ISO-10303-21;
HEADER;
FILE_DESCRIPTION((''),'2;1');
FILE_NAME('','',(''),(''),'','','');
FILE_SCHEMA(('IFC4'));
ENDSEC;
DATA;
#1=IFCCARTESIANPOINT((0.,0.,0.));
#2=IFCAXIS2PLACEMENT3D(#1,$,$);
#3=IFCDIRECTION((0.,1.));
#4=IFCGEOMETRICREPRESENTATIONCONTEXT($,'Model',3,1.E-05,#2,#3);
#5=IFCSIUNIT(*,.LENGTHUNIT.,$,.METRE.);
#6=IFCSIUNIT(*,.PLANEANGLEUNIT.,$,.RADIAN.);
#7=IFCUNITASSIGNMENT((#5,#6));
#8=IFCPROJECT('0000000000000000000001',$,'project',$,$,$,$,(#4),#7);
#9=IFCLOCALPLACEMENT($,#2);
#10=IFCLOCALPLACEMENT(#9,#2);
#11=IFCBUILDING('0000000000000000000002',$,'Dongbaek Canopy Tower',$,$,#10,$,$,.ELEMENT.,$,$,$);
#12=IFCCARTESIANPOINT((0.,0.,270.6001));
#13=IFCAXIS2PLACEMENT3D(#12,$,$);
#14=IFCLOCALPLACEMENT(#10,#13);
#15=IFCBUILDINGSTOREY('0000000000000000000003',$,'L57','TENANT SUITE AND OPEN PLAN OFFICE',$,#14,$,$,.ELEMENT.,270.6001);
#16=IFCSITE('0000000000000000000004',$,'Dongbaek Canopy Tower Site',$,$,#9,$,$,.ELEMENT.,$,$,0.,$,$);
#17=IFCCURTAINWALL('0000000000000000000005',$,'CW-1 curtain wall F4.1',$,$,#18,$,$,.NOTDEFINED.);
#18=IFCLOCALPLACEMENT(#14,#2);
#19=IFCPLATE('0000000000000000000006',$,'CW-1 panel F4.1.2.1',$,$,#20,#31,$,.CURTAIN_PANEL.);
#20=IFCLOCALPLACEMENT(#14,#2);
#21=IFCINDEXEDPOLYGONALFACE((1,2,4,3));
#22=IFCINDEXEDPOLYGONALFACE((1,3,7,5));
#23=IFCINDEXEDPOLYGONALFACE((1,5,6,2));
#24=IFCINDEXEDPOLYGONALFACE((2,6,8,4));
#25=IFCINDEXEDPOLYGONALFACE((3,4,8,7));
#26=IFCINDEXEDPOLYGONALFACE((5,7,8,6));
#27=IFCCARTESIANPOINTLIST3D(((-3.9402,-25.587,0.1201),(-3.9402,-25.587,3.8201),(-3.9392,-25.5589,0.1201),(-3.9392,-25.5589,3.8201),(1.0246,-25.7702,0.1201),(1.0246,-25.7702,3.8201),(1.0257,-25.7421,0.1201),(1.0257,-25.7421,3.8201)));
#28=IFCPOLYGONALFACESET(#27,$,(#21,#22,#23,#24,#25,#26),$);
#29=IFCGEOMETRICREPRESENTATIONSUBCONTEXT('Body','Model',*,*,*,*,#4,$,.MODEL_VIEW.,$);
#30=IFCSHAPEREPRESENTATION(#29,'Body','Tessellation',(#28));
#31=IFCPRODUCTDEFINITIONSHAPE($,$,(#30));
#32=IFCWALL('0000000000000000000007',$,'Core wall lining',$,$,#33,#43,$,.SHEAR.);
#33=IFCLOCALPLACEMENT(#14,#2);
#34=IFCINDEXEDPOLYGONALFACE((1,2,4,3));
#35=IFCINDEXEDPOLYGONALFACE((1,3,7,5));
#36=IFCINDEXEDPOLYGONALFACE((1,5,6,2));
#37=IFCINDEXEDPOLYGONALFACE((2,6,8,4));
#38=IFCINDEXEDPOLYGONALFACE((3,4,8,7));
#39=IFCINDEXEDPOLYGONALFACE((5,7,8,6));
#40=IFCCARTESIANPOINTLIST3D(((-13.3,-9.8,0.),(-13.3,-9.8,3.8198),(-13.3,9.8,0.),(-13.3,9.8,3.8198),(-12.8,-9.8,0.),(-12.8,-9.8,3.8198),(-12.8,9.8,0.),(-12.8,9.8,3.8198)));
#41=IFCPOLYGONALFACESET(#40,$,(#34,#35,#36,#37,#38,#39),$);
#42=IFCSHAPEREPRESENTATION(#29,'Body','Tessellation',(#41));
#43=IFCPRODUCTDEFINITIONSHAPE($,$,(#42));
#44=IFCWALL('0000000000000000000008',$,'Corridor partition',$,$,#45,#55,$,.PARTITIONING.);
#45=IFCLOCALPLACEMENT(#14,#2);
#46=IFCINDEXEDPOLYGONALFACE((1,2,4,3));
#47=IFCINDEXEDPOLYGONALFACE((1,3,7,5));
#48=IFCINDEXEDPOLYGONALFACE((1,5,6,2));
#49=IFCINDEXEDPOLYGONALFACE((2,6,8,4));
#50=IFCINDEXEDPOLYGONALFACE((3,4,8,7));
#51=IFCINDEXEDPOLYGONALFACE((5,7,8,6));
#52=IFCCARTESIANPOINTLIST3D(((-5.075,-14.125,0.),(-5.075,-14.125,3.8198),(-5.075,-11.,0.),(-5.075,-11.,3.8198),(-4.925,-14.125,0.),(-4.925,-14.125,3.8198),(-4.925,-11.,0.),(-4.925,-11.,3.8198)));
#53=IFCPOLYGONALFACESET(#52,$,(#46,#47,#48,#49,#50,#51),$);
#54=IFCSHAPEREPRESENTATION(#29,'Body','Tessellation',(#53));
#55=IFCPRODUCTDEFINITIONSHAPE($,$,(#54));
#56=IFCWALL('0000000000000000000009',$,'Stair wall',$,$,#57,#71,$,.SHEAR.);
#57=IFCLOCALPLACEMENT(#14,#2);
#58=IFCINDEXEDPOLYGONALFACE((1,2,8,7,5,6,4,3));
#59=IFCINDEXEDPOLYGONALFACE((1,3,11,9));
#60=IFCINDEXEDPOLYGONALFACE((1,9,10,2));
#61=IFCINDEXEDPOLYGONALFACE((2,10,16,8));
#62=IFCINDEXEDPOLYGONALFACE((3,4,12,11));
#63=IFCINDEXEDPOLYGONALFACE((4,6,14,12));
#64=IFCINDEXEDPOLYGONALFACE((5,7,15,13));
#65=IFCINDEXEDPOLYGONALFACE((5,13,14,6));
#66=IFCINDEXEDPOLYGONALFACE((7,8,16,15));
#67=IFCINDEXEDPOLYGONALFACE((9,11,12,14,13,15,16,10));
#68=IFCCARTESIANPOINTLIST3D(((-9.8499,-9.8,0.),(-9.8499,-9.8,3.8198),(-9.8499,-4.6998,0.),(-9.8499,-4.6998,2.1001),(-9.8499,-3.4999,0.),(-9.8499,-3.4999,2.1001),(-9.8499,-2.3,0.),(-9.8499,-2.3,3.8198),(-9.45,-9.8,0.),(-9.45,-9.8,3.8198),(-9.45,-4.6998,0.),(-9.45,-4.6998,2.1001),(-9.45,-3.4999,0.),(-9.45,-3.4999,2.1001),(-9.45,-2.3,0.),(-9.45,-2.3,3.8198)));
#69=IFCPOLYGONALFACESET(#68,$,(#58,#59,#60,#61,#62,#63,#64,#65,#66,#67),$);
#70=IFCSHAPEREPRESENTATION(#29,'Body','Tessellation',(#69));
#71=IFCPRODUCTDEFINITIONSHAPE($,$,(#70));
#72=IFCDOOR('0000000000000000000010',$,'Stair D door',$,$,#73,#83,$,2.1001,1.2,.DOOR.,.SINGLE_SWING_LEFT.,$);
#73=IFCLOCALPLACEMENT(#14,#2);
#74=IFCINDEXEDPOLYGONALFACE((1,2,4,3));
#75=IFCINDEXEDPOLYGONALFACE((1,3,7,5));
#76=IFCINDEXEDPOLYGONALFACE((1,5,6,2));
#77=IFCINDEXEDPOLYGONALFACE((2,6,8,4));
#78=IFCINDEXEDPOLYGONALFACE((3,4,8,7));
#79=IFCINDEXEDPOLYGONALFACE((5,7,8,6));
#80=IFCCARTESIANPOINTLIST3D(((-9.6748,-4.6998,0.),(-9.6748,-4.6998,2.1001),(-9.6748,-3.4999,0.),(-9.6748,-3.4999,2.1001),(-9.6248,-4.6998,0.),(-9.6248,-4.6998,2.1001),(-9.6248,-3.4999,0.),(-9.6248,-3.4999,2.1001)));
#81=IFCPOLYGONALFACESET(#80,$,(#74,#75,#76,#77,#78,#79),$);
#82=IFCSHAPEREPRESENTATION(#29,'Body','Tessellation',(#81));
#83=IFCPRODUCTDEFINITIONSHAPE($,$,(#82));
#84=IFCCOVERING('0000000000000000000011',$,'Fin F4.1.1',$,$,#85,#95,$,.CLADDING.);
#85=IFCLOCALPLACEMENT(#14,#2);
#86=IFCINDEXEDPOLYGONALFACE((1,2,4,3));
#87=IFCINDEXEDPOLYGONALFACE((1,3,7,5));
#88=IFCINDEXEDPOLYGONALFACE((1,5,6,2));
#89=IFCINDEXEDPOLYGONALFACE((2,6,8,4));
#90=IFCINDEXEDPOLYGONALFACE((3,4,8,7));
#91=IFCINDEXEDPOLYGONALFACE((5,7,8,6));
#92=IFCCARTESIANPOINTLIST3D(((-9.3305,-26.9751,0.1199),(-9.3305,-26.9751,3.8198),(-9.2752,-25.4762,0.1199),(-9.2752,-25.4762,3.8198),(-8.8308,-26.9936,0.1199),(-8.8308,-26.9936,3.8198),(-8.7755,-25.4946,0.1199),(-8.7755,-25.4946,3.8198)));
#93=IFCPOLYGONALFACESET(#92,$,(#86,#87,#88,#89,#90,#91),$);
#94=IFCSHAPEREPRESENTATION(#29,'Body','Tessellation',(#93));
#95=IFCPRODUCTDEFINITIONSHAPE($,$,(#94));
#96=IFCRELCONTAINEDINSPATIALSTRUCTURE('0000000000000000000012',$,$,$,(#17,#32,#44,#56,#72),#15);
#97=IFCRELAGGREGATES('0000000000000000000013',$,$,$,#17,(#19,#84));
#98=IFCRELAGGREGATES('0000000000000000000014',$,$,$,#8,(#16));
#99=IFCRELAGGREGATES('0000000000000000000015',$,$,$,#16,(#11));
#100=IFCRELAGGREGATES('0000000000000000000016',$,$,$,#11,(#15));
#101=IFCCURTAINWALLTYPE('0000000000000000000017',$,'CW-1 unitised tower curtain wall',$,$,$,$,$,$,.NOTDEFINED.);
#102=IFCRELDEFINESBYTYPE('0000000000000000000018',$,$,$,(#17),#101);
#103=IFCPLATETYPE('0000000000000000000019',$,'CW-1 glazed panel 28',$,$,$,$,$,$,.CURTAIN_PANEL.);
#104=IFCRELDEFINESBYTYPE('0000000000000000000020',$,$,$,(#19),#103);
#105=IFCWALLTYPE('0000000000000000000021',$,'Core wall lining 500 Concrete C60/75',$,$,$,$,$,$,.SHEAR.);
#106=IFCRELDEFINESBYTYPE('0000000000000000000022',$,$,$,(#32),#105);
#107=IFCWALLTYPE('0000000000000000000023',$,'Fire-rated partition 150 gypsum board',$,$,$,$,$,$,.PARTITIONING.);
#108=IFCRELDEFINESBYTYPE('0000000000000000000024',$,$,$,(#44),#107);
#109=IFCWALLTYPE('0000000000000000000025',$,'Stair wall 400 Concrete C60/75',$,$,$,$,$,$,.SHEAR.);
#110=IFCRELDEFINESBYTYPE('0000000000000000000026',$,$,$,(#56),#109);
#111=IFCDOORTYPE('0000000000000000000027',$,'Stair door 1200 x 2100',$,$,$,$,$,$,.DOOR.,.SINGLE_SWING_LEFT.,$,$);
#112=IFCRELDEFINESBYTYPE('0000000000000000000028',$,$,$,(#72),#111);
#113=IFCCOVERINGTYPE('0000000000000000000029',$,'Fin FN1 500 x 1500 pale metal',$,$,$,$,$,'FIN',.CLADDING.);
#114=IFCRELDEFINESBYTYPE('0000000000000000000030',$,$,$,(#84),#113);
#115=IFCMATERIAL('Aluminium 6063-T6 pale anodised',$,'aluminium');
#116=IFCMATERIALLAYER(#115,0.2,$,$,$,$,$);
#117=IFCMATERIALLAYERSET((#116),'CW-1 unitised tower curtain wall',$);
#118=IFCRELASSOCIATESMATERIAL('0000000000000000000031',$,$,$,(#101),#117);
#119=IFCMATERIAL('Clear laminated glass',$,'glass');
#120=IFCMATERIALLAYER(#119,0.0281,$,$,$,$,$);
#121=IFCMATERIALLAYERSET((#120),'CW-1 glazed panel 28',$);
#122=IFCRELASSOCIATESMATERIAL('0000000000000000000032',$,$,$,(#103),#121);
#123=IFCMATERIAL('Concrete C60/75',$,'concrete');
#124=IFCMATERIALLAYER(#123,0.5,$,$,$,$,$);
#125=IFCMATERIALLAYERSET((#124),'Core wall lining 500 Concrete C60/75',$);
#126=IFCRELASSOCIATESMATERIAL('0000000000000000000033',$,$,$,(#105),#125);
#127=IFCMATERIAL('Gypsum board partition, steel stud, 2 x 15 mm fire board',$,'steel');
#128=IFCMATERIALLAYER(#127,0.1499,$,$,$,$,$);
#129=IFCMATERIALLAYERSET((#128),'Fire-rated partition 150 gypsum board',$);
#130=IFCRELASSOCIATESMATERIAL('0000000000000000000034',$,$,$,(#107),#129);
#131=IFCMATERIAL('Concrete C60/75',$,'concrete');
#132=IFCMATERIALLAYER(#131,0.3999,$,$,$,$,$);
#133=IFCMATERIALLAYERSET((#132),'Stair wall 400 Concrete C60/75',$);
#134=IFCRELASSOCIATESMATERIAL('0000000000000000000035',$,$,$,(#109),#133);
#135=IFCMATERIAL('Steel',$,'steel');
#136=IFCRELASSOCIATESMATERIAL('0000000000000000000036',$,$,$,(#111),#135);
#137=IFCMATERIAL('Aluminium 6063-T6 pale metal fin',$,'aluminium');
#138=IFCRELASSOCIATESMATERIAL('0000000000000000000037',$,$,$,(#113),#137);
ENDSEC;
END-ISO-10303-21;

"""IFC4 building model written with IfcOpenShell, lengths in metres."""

from ifc_helpers import new_model, si_unit, direction, frame, frame_2d, origin, origin_2d, place, context, subcontext, project, spatial, rectangle, extrude, material, layer, layer_set, material_profile, profile_set, type_object, element, fill, aggregate, save


model = new_model("IFC4")

# Units and contexts
model_context = context("Model", 3, precision=1e-05, world=origin(), true_north=direction((0.0, 1.0)))
body_context = subcontext(model_context, "Body", "Model", "MODEL_VIEW")
ifc_project = project(units=[si_unit("LENGTHUNIT", "METRE"), si_unit("PLANEANGLEUNIT", "RADIAN")], contexts=[model_context])

# Site, building, storey
site_placement = place(None, origin())
site = spatial("IfcSite", under=ifc_project, at=site_placement, Name="Dongbaek Canopy Tower Site", CompositionType="ELEMENT", RefElevation=0.0)
building_placement = place(site_placement, origin())
building = spatial("IfcBuilding", under=site, at=building_placement, Name="Dongbaek Canopy Tower", CompositionType="ELEMENT")
storey_placement = place(building_placement, frame((0.0, 0.0, 270.6001)))
storey = spatial("IfcBuildingStorey", under=building, at=storey_placement, Name="L57", Description="TENANT SUITE AND OPEN PLAN OFFICE", CompositionType="ELEMENT", Elevation=270.6001)

# Curtain wall
ifc_material_1 = material(Name="Aluminium 6063-T6 pale anodised", Category="aluminium")
ifc_layer_1 = layer(ifc_material_1, 0.2)
ifc_layer_set_1 = layer_set([ifc_layer_1], Name="CW-1 unitised tower curtain wall")
curtain_wall_type = type_object("IfcCurtainWallType", Name="CW-1 unitised tower curtain wall", PredefinedType="NOTDEFINED", material=ifc_layer_set_1)
curtain_wall_1_placement = place(storey_placement, origin())
curtain_wall_1 = element("IfcCurtainWall", 1, at=curtain_wall_1_placement, inside=storey, type_object=curtain_wall_type, Name="CW-1 curtain wall F4.1", PredefinedType="NOTDEFINED")

# Plate
ifc_material_2 = material(Name="Clear laminated glass", Category="glass")
ifc_layer_2 = layer(ifc_material_2, 0.0281)
ifc_layer_set_2 = layer_set([ifc_layer_2], Name="CW-1 glazed panel 28")
plate_type = type_object("IfcPlateType", Name="CW-1 glazed panel 28", PredefinedType="CURTAIN_PANEL", material=ifc_layer_set_2)
plate_1_placement = place(storey_placement, frame((-1.4573, -25.6646, 0.1201), z_axis=(0.0, 0.0, 1.0), x_axis=(0.99932, -0.036874, 0.0)))
plate_1 = element("IfcPlate", 2, at=plate_1_placement, type_object=plate_type, Name="CW-1 panel F4.1.2.1", PredefinedType="CURTAIN_PANEL", context=body_context, shape_type="SweptSolid", body=[
    extrude(rectangle(XDim=4.9683, YDim=0.0281, at=origin_2d()), origin(), (0.0, 0.0, 1.0), 3.7),
])

# Walls
ifc_material_3 = material(Name="Concrete C60/75", Category="concrete")
ifc_layer_3 = layer(ifc_material_3, 0.5)
ifc_layer_set_3 = layer_set([ifc_layer_3], Name="Core wall lining 500 Concrete C60/75")
wall_type_1 = type_object("IfcWallType", Name="Core wall lining 500 Concrete C60/75", PredefinedType="SHEAR", material=ifc_layer_set_3)
wall_1_placement = place(storey_placement, frame((-13.05, -9.8, 0.0), z_axis=(0.0, 0.0, 1.0), x_axis=(0.0, 1.0, 0.0)))
element("IfcWall", 3, at=wall_1_placement, inside=storey, type_object=wall_type_1, Name="Core wall lining", PredefinedType="SHEAR", context=body_context, shape_type="SweptSolid", body=[
    extrude(rectangle(XDim=19.6001, YDim=0.5, at=frame_2d((9.8, 0.0))), origin(), (0.0, 0.0, 1.0), 3.8198),
])
ifc_material_4 = material(Name="Gypsum board partition, steel stud, 2 x 15 mm fire board", Category="steel")
ifc_layer_4 = layer(ifc_material_4, 0.1499)
ifc_layer_set_4 = layer_set([ifc_layer_4], Name="Fire-rated partition 150 gypsum board")
wall_type_2 = type_object("IfcWallType", Name="Fire-rated partition 150 gypsum board", PredefinedType="PARTITIONING", material=ifc_layer_set_4)
wall_2_placement = place(storey_placement, frame((-5.0, -14.125, 0.0), z_axis=(0.0, 0.0, 1.0), x_axis=(0.0, 1.0, 0.0)))
element("IfcWall", 4, at=wall_2_placement, inside=storey, type_object=wall_type_2, Name="Corridor partition", PredefinedType="PARTITIONING", context=body_context, shape_type="SweptSolid", body=[
    extrude(rectangle(XDim=3.125, YDim=0.1499, at=frame_2d((1.5625, 0.0))), origin(), (0.0, 0.0, 1.0), 3.8198),
])

# Wall, opening, door
ifc_material_5 = material(Name="Concrete C60/75", Category="concrete")
ifc_layer_5 = layer(ifc_material_5, 0.3999)
ifc_layer_set_5 = layer_set([ifc_layer_5], Name="Stair wall 400 Concrete C60/75")
wall_type_3 = type_object("IfcWallType", Name="Stair wall 400 Concrete C60/75", PredefinedType="SHEAR", material=ifc_layer_set_5)
wall_3_placement = place(storey_placement, frame((-9.6499, -9.8, 0.0), z_axis=(0.0, 0.0, 1.0), x_axis=(0.0, 1.0, 0.0)))
wall_3 = element("IfcWall", 5, at=wall_3_placement, inside=storey, type_object=wall_type_3, Name="Stair wall", PredefinedType="SHEAR", context=body_context, shape_type="SweptSolid", body=[
    extrude(rectangle(XDim=7.5, YDim=0.3999, at=frame_2d((3.75, 0.0))), origin(), (0.0, 0.0, 1.0), 3.8198),
])
opening_placement = place(wall_3_placement, frame((5.1001, 0.0, 0.0)))
opening = element("IfcOpeningElement", 6, at=opening_placement, cuts=wall_3, PredefinedType="OPENING", context=body_context, shape_type="SweptSolid", body=[
    extrude(rectangle(XDim=1.2, YDim=2.1001, at=frame_2d((0.6001, 1.05))), frame((0.0, 0.21, 0.0), z_axis=(0.0, -1.0, 0.0), x_axis=(1.0, 0.0, 0.0)), (0.0, 0.0, 1.0), 0.4199),
])
ifc_material_6 = material(Name="Steel", Category="steel")
door_type = type_object("IfcDoorType", Name="Stair door 1200 x 2100", OperationType="SINGLE_SWING_LEFT", PredefinedType="DOOR", material=ifc_material_6)
door_placement = place(opening_placement, origin())
door = element("IfcDoor", 7, at=door_placement, inside=storey, type_object=door_type, Name="Stair D door", OperationType="SINGLE_SWING_LEFT", OverallHeight=2.1001, OverallWidth=1.2, PredefinedType="DOOR", context=body_context, shape_type="SweptSolid", body=[
    extrude(rectangle(XDim=1.2, YDim=2.1001, at=frame_2d((0.6001, 1.05))), frame((0.0, 0.0249, 0.0), z_axis=(0.0, -1.0, 0.0), x_axis=(1.0, 0.0, 0.0)), (0.0, 0.0, 1.0), 0.05),
])
fill(opening, door)

# Covering
ifc_material_7 = material(Name="Aluminium 6063-T6 pale metal fin", Category="aluminium")
ifc_material_profile_1 = material_profile(ifc_material_7, rectangle(XDim=1.5, YDim=0.5, at=origin_2d()), Name="Fin FN1 500 x 1500 pale metal")
ifc_profile_set_1 = profile_set([ifc_material_profile_1], Name="Aluminium 6063-T6 pale metal fin")
covering_type = type_object("IfcCoveringType", Name="Fin FN1 500 x 1500 pale metal", ElementType="FIN", PredefinedType="CLADDING", material=ifc_profile_set_1)
covering_placement = place(storey_placement, frame((-9.053, -26.2349, 0.1199), z_axis=(0.0, 0.0, 1.0), x_axis=(-0.036874, -0.99932, 0.0)))
covering = element("IfcCovering", 8, at=covering_placement, type_object=covering_type, Name="Fin F4.1.1", PredefinedType="CLADDING", context=body_context, shape_type="SweptSolid", body=[
    extrude(rectangle(XDim=1.5, YDim=0.5, at=origin_2d()), origin(), (0.0, 0.0, 1.0), 3.7),
])
aggregate(curtain_wall_1, [plate_1, covering])

save(model, "model.ifc")
